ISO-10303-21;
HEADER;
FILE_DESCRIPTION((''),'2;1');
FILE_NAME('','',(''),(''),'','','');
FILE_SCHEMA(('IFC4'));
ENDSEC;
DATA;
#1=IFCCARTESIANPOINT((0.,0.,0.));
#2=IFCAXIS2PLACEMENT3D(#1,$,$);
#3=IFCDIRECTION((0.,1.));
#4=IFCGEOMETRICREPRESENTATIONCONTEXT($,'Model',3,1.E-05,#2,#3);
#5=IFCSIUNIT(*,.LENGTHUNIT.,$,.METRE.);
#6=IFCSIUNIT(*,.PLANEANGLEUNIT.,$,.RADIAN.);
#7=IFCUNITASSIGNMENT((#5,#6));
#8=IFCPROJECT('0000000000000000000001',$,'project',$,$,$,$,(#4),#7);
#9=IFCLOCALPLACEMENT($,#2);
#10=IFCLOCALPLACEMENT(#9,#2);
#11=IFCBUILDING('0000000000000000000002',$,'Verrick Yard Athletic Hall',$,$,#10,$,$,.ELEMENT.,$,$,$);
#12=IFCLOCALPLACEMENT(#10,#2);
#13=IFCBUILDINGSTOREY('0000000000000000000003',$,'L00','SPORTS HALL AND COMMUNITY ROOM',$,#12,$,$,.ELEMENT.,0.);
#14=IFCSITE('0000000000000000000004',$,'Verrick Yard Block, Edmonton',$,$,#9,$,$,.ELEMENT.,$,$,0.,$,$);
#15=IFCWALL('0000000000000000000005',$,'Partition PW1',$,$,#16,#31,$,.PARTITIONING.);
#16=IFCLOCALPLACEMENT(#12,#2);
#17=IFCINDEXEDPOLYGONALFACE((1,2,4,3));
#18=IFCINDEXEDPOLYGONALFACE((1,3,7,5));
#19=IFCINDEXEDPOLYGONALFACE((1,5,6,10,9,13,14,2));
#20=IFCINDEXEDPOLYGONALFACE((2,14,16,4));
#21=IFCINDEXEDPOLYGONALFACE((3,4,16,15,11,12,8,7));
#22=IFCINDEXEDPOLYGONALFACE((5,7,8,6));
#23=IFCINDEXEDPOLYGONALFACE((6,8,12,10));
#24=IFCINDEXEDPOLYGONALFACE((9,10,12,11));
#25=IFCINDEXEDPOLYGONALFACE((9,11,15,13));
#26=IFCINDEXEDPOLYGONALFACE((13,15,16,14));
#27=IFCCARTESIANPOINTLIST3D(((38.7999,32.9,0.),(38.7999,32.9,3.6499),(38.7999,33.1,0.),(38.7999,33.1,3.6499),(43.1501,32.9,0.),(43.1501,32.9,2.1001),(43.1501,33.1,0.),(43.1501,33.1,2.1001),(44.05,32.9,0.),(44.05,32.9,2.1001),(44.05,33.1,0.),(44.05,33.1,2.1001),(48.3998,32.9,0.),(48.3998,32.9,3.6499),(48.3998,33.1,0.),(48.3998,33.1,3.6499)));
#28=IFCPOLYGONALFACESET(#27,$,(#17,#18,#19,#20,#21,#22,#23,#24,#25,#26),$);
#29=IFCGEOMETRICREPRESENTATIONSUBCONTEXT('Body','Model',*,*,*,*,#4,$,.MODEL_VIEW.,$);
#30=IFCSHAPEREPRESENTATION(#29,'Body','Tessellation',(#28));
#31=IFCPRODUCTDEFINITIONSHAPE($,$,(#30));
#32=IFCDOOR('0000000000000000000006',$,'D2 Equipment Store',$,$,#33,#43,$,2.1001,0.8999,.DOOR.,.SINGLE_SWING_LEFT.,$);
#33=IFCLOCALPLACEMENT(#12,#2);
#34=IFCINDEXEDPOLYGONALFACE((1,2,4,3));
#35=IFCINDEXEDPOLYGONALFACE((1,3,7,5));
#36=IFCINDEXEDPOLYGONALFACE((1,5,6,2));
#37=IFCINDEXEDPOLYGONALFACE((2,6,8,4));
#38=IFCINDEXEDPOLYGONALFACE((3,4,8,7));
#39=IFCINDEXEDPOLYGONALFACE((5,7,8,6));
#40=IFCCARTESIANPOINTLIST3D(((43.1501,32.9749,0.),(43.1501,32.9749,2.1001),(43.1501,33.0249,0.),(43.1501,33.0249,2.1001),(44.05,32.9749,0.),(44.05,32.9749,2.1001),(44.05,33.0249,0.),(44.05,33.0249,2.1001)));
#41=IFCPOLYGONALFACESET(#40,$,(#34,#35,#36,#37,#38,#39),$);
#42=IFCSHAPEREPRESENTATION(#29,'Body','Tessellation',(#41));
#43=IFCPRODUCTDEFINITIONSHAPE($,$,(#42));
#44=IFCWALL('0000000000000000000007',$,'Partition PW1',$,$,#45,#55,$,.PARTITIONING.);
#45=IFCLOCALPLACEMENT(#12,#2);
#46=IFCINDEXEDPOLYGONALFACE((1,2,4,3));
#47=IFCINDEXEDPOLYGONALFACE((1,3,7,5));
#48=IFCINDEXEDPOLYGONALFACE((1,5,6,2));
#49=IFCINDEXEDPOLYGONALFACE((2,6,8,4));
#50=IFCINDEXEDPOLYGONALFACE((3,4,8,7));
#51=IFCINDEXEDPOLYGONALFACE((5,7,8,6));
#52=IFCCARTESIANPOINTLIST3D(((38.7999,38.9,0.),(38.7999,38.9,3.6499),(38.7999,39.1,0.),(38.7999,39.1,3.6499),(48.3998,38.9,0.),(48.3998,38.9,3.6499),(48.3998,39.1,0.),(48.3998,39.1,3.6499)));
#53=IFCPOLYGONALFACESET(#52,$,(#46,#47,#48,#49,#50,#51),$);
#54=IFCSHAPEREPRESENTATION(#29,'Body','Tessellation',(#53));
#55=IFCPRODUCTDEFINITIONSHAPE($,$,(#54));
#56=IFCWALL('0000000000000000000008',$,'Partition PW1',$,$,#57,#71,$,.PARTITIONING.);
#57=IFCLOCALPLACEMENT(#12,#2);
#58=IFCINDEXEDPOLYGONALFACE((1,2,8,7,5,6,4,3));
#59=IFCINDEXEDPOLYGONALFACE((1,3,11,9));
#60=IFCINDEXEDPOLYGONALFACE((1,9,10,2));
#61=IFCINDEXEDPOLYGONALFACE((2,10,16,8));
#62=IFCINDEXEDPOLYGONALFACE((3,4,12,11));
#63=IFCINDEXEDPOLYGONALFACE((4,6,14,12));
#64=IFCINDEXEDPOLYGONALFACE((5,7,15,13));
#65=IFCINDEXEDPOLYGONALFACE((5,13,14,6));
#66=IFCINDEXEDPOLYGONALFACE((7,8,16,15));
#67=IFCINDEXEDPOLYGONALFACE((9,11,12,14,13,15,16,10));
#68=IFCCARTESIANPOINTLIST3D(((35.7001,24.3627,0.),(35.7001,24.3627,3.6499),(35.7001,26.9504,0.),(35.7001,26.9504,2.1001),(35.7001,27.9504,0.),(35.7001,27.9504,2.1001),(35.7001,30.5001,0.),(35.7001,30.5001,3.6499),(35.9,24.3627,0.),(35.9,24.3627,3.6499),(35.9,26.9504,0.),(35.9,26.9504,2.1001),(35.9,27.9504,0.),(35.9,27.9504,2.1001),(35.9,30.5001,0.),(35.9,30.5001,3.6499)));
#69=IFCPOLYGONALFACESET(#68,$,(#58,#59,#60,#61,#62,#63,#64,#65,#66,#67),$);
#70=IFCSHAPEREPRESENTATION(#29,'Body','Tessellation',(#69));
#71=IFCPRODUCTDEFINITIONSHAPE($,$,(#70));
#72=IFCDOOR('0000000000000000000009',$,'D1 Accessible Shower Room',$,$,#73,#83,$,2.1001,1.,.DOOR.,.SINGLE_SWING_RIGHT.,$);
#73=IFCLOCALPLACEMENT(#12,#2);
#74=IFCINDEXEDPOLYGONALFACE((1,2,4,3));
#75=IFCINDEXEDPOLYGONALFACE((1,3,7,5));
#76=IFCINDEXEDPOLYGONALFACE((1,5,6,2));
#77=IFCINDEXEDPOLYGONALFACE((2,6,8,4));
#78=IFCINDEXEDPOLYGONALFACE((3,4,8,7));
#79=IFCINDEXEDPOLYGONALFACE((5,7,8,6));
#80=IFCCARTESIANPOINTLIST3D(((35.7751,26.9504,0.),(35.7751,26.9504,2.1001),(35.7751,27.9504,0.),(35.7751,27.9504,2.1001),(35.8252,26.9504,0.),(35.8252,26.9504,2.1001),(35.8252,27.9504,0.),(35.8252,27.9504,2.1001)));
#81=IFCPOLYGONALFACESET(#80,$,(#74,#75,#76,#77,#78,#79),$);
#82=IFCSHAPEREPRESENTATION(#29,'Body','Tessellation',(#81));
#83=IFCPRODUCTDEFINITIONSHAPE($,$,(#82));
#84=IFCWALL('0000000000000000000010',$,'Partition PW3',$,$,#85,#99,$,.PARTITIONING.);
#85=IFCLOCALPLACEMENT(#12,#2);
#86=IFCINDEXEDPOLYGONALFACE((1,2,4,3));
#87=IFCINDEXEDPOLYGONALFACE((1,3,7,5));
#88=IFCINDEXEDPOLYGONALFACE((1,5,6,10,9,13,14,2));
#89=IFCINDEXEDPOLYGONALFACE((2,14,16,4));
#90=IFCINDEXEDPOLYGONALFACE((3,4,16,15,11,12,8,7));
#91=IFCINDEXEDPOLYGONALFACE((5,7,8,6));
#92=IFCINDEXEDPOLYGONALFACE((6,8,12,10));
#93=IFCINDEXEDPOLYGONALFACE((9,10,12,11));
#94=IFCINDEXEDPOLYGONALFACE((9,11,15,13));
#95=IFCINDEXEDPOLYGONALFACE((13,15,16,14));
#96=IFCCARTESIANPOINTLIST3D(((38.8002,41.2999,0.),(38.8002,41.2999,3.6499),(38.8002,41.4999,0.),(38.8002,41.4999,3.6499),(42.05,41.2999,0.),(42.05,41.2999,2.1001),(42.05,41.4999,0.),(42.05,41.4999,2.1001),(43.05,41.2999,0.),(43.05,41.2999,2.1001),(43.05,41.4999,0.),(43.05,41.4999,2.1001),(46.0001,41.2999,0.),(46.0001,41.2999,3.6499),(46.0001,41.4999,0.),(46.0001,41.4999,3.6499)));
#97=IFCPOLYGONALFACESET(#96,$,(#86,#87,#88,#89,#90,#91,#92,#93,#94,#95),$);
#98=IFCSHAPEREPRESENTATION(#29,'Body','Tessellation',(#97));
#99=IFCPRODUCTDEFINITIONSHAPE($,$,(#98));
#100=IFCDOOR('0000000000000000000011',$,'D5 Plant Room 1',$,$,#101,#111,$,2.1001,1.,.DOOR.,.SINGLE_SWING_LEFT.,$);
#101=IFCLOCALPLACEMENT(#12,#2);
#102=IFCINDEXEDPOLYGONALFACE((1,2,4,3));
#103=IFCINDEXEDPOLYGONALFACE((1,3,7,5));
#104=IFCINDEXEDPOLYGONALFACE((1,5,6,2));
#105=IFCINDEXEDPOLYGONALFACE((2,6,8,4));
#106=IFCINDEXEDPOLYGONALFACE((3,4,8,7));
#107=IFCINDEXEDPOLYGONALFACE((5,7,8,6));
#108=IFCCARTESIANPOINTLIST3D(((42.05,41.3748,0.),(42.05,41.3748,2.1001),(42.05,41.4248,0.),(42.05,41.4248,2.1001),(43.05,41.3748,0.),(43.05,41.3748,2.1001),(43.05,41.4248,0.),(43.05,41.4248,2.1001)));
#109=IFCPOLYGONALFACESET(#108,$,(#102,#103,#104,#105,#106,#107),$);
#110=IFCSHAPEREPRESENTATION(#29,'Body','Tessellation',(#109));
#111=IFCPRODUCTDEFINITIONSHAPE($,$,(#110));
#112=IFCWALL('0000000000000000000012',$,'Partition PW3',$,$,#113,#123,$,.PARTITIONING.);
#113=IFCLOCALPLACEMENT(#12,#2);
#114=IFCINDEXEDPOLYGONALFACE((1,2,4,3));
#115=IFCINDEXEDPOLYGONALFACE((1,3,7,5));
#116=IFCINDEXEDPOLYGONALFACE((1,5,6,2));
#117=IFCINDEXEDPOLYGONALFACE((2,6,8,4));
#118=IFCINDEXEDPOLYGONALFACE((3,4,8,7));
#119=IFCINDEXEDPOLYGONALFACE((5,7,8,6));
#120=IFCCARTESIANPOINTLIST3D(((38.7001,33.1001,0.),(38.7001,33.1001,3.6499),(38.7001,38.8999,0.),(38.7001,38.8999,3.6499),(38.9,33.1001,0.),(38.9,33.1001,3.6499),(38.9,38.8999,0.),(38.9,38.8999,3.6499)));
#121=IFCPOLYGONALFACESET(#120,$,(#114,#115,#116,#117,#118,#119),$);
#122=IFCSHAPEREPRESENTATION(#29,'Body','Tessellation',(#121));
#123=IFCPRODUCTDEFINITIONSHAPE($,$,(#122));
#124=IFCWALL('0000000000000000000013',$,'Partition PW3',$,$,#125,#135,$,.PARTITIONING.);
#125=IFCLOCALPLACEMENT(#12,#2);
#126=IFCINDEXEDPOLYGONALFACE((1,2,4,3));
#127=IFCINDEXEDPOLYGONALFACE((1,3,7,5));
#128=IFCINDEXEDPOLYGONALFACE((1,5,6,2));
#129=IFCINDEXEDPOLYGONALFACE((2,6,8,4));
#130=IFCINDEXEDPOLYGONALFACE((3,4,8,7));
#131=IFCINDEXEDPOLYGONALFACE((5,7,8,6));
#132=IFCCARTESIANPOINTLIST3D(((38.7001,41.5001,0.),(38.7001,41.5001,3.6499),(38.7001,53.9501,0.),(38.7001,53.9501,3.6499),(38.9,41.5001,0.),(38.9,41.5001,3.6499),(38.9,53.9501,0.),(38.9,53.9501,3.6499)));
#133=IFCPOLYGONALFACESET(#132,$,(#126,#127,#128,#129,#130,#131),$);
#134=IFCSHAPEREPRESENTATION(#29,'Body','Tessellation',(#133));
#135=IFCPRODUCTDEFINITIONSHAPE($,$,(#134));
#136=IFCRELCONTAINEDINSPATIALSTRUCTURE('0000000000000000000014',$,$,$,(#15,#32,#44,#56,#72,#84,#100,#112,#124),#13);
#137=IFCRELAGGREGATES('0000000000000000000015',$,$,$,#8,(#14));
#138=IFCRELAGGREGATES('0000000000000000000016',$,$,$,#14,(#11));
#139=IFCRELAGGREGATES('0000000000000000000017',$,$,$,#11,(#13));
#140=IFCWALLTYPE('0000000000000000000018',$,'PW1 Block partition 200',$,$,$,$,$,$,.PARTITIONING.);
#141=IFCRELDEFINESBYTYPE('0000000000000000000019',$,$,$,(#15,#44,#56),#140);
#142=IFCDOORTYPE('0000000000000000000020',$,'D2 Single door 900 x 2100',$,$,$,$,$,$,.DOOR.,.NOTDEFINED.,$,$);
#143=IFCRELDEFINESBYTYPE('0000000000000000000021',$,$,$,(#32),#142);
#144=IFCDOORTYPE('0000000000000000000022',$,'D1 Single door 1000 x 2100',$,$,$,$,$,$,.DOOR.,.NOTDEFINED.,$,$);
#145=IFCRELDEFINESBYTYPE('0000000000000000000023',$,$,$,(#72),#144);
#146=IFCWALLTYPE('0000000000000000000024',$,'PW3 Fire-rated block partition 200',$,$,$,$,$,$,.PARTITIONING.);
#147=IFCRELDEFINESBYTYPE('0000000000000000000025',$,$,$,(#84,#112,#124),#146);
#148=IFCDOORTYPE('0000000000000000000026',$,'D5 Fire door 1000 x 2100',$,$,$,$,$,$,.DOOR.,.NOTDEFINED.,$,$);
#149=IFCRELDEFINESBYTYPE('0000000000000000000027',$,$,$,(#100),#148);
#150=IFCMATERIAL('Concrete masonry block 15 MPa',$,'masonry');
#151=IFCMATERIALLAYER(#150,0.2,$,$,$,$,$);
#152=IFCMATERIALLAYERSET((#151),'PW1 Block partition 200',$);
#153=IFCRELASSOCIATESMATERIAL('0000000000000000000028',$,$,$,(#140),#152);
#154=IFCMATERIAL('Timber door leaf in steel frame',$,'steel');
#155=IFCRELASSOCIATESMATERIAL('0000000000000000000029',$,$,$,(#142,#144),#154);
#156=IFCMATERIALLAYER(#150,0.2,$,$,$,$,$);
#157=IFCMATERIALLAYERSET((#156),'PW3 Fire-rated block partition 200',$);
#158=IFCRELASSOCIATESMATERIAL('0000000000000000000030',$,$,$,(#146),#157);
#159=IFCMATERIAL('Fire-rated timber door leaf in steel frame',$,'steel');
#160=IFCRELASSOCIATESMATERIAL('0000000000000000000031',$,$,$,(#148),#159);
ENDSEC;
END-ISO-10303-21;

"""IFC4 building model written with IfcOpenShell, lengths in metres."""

from ifc_helpers import new_model, si_unit, direction, frame, frame_2d, origin, place, context, subcontext, project, spatial, rectangle, extrude, material, layer, layer_set, type_object, element, fill, save


model = new_model("IFC4")

# Units and contexts
model_context = context("Model", 3, precision=1e-05, world=origin(), true_north=direction((0.0, 1.0)))
body_context = subcontext(model_context, "Body", "Model", "MODEL_VIEW")
ifc_project = project(units=[si_unit("LENGTHUNIT", "METRE"), si_unit("PLANEANGLEUNIT", "RADIAN")], contexts=[model_context])

# Site, building, storey
site_placement = place(None, origin())
site = spatial("IfcSite", under=ifc_project, at=site_placement, Name="Verrick Yard Block, Edmonton", CompositionType="ELEMENT", RefElevation=0.0)
building_placement = place(site_placement, origin())
building = spatial("IfcBuilding", under=site, at=building_placement, Name="Verrick Yard Athletic Hall", CompositionType="ELEMENT")
storey_placement = place(building_placement, origin())
storey = spatial("IfcBuildingStorey", under=building, at=storey_placement, Name="L00", Description="SPORTS HALL AND COMMUNITY ROOM", CompositionType="ELEMENT", Elevation=0.0)

# Shared definitions
ifc_material_1 = material(Name="Concrete masonry block 15 MPa", Category="masonry")
ifc_layer_1 = layer(ifc_material_1, 0.2)
ifc_layer_set_1 = layer_set([ifc_layer_1], Name="PW1 Block partition 200")
wall_type_1 = type_object("IfcWallType", Name="PW1 Block partition 200", PredefinedType="PARTITIONING", material=ifc_layer_set_1)

# Wall, opening, door
ifc_material_2 = material(Name="Timber door leaf in steel frame", Category="steel")
door_type_1 = type_object("IfcDoorType", Name="D2 Single door 900 x 2100", OperationType="NOTDEFINED", PredefinedType="DOOR", material=ifc_material_2)
wall_1_placement = place(storey_placement, frame((38.8, 33.0, 0.0), z_axis=(0.0, 0.0, 1.0), x_axis=(1.0, 0.0, 0.0)))
wall_1 = element("IfcWall", 1, at=wall_1_placement, inside=storey, type_object=wall_type_1, Name="Partition PW1", PredefinedType="PARTITIONING", context=body_context, shape_type="SweptSolid", body=[
    extrude(rectangle(XDim=9.5999, YDim=0.2, at=frame_2d((4.7998, 0.0))), origin(), (0.0, 0.0, 1.0), 3.6499),
])
opening_1_placement = place(wall_1_placement, frame((4.3501, 0.0, 0.0)))
opening_1 = element("IfcOpeningElement", 2, at=opening_1_placement, cuts=wall_1, PredefinedType="OPENING", context=body_context, shape_type="SweptSolid", body=[
    extrude(rectangle(XDim=0.8999, YDim=2.1001, at=frame_2d((0.45, 1.05))), frame((0.0, 0.1099, 0.0), z_axis=(0.0, -1.0, 0.0), x_axis=(1.0, 0.0, 0.0)), (0.0, 0.0, 1.0), 0.22),
])
door_1_placement = place(opening_1_placement, origin())
door_1 = element("IfcDoor", 3, at=door_1_placement, inside=storey, type_object=door_type_1, Name="D2 Equipment Store", OperationType="SINGLE_SWING_LEFT", OverallHeight=2.1001, OverallWidth=0.8999, PredefinedType="DOOR", context=body_context, shape_type="SweptSolid", body=[
    extrude(rectangle(XDim=0.8999, YDim=2.1001, at=frame_2d((0.45, 1.05))), frame((0.0, 0.0249, 0.0), z_axis=(0.0, -1.0, 0.0), x_axis=(1.0, 0.0, 0.0)), (0.0, 0.0, 1.0), 0.05),
])
fill(opening_1, door_1)

# Wall
wall_2_placement = place(storey_placement, frame((38.8, 39.0, 0.0), z_axis=(0.0, 0.0, 1.0), x_axis=(1.0, 0.0, 0.0)))
element("IfcWall", 4, at=wall_2_placement, inside=storey, type_object=wall_type_1, Name="Partition PW1", PredefinedType="PARTITIONING", context=body_context, shape_type="SweptSolid", body=[
    extrude(rectangle(XDim=9.5999, YDim=0.2, at=frame_2d((4.7998, 0.0))), origin(), (0.0, 0.0, 1.0), 3.6499),
])

# Walls, openings, doors
wall_3_placement = place(storey_placement, frame((35.8, 24.3625, 0.0), z_axis=(0.0, 0.0, 1.0), x_axis=(0.0, 1.0, 0.0)))
wall_3 = element("IfcWall", 5, at=wall_3_placement, inside=storey, type_object=wall_type_1, Name="Partition PW1", PredefinedType="PARTITIONING", context=body_context, shape_type="SweptSolid", body=[
    extrude(rectangle(XDim=6.1375, YDim=0.2, at=frame_2d((3.0688, 0.0))), origin(), (0.0, 0.0, 1.0), 3.6499),
])
opening_2_placement = place(wall_3_placement, frame((2.5879, 0.0, 0.0)))
opening_2 = element("IfcOpeningElement", 6, at=opening_2_placement, cuts=wall_3, PredefinedType="OPENING", context=body_context, shape_type="SweptSolid", body=[
    extrude(rectangle(XDim=1.0, YDim=2.1001, at=frame_2d((0.5, 1.05))), frame((0.0, 0.1099, 0.0), z_axis=(0.0, -1.0, 0.0), x_axis=(1.0, 0.0, 0.0)), (0.0, 0.0, 1.0), 0.22),
])
door_type_2 = type_object("IfcDoorType", Name="D1 Single door 1000 x 2100", OperationType="NOTDEFINED", PredefinedType="DOOR", material=ifc_material_2)
door_2_placement = place(opening_2_placement, origin())
door_2 = element("IfcDoor", 7, at=door_2_placement, inside=storey, type_object=door_type_2, Name="D1 Accessible Shower Room", OperationType="SINGLE_SWING_RIGHT", OverallHeight=2.1001, OverallWidth=1.0, PredefinedType="DOOR", context=body_context, shape_type="SweptSolid", body=[
    extrude(rectangle(XDim=1.0, YDim=2.1001, at=frame_2d((0.5, 1.05))), frame((0.0, 0.0249, 0.0), z_axis=(0.0, -1.0, 0.0), x_axis=(1.0, 0.0, 0.0)), (0.0, 0.0, 1.0), 0.05),
])
fill(opening_2, door_2)
ifc_layer_2 = layer(ifc_material_1, 0.2)
ifc_layer_set_2 = layer_set([ifc_layer_2], Name="PW3 Fire-rated block partition 200")
wall_type_2 = type_object("IfcWallType", Name="PW3 Fire-rated block partition 200", PredefinedType="PARTITIONING", material=ifc_layer_set_2)
wall_4_placement = place(storey_placement, frame((38.8, 41.3999, 0.0), z_axis=(0.0, 0.0, 1.0), x_axis=(1.0, 0.0, 0.0)))
wall_4 = element("IfcWall", 8, at=wall_4_placement, inside=storey, type_object=wall_type_2, Name="Partition PW3", PredefinedType="PARTITIONING", context=body_context, shape_type="SweptSolid", body=[
    extrude(rectangle(XDim=7.2, YDim=0.2, at=frame_2d((3.6001, 0.0))), origin(), (0.0, 0.0, 1.0), 3.6499),
])
opening_3_placement = place(wall_4_placement, frame((3.25, 0.0, 0.0)))
opening_3 = element("IfcOpeningElement", 9, at=opening_3_placement, cuts=wall_4, PredefinedType="OPENING", context=body_context, shape_type="SweptSolid", body=[
    extrude(rectangle(XDim=1.0, YDim=2.1001, at=frame_2d((0.5, 1.05))), frame((0.0, 0.1099, 0.0), z_axis=(0.0, -1.0, 0.0), x_axis=(1.0, 0.0, 0.0)), (0.0, 0.0, 1.0), 0.22),
])
ifc_material_3 = material(Name="Fire-rated timber door leaf in steel frame", Category="steel")
door_type_3 = type_object("IfcDoorType", Name="D5 Fire door 1000 x 2100", OperationType="NOTDEFINED", PredefinedType="DOOR", material=ifc_material_3)
door_3_placement = place(opening_3_placement, origin())
door_3 = element("IfcDoor", 10, at=door_3_placement, inside=storey, type_object=door_type_3, Name="D5 Plant Room 1", OperationType="SINGLE_SWING_LEFT", OverallHeight=2.1001, OverallWidth=1.0, PredefinedType="DOOR", context=body_context, shape_type="SweptSolid", body=[
    extrude(rectangle(XDim=1.0, YDim=2.1001, at=frame_2d((0.5, 1.05))), frame((0.0, 0.0249, 0.0), z_axis=(0.0, -1.0, 0.0), x_axis=(1.0, 0.0, 0.0)), (0.0, 0.0, 1.0), 0.05),
])
fill(opening_3, door_3)

# Walls
wall_5_placement = place(storey_placement, frame((38.8, 33.1001, 0.0), z_axis=(0.0, 0.0, 1.0), x_axis=(0.0, 1.0, 0.0)))
element("IfcWall", 11, at=wall_5_placement, inside=storey, type_object=wall_type_2, Name="Partition PW3", PredefinedType="PARTITIONING", context=body_context, shape_type="SweptSolid", body=[
    extrude(rectangle(XDim=5.7998, YDim=0.2, at=frame_2d((2.8999, 0.0))), origin(), (0.0, 0.0, 1.0), 3.6499),
])
wall_6_placement = place(storey_placement, frame((38.8, 41.5, 0.0), z_axis=(0.0, 0.0, 1.0), x_axis=(0.0, 1.0, 0.0)))
element("IfcWall", 12, at=wall_6_placement, inside=storey, type_object=wall_type_2, Name="Partition PW3", PredefinedType="PARTITIONING", context=body_context, shape_type="SweptSolid", body=[
    extrude(rectangle(XDim=12.45, YDim=0.2, at=frame_2d((6.2251, 0.0))), origin(), (0.0, 0.0, 1.0), 3.6499),
])

save(model, "model.ifc")
